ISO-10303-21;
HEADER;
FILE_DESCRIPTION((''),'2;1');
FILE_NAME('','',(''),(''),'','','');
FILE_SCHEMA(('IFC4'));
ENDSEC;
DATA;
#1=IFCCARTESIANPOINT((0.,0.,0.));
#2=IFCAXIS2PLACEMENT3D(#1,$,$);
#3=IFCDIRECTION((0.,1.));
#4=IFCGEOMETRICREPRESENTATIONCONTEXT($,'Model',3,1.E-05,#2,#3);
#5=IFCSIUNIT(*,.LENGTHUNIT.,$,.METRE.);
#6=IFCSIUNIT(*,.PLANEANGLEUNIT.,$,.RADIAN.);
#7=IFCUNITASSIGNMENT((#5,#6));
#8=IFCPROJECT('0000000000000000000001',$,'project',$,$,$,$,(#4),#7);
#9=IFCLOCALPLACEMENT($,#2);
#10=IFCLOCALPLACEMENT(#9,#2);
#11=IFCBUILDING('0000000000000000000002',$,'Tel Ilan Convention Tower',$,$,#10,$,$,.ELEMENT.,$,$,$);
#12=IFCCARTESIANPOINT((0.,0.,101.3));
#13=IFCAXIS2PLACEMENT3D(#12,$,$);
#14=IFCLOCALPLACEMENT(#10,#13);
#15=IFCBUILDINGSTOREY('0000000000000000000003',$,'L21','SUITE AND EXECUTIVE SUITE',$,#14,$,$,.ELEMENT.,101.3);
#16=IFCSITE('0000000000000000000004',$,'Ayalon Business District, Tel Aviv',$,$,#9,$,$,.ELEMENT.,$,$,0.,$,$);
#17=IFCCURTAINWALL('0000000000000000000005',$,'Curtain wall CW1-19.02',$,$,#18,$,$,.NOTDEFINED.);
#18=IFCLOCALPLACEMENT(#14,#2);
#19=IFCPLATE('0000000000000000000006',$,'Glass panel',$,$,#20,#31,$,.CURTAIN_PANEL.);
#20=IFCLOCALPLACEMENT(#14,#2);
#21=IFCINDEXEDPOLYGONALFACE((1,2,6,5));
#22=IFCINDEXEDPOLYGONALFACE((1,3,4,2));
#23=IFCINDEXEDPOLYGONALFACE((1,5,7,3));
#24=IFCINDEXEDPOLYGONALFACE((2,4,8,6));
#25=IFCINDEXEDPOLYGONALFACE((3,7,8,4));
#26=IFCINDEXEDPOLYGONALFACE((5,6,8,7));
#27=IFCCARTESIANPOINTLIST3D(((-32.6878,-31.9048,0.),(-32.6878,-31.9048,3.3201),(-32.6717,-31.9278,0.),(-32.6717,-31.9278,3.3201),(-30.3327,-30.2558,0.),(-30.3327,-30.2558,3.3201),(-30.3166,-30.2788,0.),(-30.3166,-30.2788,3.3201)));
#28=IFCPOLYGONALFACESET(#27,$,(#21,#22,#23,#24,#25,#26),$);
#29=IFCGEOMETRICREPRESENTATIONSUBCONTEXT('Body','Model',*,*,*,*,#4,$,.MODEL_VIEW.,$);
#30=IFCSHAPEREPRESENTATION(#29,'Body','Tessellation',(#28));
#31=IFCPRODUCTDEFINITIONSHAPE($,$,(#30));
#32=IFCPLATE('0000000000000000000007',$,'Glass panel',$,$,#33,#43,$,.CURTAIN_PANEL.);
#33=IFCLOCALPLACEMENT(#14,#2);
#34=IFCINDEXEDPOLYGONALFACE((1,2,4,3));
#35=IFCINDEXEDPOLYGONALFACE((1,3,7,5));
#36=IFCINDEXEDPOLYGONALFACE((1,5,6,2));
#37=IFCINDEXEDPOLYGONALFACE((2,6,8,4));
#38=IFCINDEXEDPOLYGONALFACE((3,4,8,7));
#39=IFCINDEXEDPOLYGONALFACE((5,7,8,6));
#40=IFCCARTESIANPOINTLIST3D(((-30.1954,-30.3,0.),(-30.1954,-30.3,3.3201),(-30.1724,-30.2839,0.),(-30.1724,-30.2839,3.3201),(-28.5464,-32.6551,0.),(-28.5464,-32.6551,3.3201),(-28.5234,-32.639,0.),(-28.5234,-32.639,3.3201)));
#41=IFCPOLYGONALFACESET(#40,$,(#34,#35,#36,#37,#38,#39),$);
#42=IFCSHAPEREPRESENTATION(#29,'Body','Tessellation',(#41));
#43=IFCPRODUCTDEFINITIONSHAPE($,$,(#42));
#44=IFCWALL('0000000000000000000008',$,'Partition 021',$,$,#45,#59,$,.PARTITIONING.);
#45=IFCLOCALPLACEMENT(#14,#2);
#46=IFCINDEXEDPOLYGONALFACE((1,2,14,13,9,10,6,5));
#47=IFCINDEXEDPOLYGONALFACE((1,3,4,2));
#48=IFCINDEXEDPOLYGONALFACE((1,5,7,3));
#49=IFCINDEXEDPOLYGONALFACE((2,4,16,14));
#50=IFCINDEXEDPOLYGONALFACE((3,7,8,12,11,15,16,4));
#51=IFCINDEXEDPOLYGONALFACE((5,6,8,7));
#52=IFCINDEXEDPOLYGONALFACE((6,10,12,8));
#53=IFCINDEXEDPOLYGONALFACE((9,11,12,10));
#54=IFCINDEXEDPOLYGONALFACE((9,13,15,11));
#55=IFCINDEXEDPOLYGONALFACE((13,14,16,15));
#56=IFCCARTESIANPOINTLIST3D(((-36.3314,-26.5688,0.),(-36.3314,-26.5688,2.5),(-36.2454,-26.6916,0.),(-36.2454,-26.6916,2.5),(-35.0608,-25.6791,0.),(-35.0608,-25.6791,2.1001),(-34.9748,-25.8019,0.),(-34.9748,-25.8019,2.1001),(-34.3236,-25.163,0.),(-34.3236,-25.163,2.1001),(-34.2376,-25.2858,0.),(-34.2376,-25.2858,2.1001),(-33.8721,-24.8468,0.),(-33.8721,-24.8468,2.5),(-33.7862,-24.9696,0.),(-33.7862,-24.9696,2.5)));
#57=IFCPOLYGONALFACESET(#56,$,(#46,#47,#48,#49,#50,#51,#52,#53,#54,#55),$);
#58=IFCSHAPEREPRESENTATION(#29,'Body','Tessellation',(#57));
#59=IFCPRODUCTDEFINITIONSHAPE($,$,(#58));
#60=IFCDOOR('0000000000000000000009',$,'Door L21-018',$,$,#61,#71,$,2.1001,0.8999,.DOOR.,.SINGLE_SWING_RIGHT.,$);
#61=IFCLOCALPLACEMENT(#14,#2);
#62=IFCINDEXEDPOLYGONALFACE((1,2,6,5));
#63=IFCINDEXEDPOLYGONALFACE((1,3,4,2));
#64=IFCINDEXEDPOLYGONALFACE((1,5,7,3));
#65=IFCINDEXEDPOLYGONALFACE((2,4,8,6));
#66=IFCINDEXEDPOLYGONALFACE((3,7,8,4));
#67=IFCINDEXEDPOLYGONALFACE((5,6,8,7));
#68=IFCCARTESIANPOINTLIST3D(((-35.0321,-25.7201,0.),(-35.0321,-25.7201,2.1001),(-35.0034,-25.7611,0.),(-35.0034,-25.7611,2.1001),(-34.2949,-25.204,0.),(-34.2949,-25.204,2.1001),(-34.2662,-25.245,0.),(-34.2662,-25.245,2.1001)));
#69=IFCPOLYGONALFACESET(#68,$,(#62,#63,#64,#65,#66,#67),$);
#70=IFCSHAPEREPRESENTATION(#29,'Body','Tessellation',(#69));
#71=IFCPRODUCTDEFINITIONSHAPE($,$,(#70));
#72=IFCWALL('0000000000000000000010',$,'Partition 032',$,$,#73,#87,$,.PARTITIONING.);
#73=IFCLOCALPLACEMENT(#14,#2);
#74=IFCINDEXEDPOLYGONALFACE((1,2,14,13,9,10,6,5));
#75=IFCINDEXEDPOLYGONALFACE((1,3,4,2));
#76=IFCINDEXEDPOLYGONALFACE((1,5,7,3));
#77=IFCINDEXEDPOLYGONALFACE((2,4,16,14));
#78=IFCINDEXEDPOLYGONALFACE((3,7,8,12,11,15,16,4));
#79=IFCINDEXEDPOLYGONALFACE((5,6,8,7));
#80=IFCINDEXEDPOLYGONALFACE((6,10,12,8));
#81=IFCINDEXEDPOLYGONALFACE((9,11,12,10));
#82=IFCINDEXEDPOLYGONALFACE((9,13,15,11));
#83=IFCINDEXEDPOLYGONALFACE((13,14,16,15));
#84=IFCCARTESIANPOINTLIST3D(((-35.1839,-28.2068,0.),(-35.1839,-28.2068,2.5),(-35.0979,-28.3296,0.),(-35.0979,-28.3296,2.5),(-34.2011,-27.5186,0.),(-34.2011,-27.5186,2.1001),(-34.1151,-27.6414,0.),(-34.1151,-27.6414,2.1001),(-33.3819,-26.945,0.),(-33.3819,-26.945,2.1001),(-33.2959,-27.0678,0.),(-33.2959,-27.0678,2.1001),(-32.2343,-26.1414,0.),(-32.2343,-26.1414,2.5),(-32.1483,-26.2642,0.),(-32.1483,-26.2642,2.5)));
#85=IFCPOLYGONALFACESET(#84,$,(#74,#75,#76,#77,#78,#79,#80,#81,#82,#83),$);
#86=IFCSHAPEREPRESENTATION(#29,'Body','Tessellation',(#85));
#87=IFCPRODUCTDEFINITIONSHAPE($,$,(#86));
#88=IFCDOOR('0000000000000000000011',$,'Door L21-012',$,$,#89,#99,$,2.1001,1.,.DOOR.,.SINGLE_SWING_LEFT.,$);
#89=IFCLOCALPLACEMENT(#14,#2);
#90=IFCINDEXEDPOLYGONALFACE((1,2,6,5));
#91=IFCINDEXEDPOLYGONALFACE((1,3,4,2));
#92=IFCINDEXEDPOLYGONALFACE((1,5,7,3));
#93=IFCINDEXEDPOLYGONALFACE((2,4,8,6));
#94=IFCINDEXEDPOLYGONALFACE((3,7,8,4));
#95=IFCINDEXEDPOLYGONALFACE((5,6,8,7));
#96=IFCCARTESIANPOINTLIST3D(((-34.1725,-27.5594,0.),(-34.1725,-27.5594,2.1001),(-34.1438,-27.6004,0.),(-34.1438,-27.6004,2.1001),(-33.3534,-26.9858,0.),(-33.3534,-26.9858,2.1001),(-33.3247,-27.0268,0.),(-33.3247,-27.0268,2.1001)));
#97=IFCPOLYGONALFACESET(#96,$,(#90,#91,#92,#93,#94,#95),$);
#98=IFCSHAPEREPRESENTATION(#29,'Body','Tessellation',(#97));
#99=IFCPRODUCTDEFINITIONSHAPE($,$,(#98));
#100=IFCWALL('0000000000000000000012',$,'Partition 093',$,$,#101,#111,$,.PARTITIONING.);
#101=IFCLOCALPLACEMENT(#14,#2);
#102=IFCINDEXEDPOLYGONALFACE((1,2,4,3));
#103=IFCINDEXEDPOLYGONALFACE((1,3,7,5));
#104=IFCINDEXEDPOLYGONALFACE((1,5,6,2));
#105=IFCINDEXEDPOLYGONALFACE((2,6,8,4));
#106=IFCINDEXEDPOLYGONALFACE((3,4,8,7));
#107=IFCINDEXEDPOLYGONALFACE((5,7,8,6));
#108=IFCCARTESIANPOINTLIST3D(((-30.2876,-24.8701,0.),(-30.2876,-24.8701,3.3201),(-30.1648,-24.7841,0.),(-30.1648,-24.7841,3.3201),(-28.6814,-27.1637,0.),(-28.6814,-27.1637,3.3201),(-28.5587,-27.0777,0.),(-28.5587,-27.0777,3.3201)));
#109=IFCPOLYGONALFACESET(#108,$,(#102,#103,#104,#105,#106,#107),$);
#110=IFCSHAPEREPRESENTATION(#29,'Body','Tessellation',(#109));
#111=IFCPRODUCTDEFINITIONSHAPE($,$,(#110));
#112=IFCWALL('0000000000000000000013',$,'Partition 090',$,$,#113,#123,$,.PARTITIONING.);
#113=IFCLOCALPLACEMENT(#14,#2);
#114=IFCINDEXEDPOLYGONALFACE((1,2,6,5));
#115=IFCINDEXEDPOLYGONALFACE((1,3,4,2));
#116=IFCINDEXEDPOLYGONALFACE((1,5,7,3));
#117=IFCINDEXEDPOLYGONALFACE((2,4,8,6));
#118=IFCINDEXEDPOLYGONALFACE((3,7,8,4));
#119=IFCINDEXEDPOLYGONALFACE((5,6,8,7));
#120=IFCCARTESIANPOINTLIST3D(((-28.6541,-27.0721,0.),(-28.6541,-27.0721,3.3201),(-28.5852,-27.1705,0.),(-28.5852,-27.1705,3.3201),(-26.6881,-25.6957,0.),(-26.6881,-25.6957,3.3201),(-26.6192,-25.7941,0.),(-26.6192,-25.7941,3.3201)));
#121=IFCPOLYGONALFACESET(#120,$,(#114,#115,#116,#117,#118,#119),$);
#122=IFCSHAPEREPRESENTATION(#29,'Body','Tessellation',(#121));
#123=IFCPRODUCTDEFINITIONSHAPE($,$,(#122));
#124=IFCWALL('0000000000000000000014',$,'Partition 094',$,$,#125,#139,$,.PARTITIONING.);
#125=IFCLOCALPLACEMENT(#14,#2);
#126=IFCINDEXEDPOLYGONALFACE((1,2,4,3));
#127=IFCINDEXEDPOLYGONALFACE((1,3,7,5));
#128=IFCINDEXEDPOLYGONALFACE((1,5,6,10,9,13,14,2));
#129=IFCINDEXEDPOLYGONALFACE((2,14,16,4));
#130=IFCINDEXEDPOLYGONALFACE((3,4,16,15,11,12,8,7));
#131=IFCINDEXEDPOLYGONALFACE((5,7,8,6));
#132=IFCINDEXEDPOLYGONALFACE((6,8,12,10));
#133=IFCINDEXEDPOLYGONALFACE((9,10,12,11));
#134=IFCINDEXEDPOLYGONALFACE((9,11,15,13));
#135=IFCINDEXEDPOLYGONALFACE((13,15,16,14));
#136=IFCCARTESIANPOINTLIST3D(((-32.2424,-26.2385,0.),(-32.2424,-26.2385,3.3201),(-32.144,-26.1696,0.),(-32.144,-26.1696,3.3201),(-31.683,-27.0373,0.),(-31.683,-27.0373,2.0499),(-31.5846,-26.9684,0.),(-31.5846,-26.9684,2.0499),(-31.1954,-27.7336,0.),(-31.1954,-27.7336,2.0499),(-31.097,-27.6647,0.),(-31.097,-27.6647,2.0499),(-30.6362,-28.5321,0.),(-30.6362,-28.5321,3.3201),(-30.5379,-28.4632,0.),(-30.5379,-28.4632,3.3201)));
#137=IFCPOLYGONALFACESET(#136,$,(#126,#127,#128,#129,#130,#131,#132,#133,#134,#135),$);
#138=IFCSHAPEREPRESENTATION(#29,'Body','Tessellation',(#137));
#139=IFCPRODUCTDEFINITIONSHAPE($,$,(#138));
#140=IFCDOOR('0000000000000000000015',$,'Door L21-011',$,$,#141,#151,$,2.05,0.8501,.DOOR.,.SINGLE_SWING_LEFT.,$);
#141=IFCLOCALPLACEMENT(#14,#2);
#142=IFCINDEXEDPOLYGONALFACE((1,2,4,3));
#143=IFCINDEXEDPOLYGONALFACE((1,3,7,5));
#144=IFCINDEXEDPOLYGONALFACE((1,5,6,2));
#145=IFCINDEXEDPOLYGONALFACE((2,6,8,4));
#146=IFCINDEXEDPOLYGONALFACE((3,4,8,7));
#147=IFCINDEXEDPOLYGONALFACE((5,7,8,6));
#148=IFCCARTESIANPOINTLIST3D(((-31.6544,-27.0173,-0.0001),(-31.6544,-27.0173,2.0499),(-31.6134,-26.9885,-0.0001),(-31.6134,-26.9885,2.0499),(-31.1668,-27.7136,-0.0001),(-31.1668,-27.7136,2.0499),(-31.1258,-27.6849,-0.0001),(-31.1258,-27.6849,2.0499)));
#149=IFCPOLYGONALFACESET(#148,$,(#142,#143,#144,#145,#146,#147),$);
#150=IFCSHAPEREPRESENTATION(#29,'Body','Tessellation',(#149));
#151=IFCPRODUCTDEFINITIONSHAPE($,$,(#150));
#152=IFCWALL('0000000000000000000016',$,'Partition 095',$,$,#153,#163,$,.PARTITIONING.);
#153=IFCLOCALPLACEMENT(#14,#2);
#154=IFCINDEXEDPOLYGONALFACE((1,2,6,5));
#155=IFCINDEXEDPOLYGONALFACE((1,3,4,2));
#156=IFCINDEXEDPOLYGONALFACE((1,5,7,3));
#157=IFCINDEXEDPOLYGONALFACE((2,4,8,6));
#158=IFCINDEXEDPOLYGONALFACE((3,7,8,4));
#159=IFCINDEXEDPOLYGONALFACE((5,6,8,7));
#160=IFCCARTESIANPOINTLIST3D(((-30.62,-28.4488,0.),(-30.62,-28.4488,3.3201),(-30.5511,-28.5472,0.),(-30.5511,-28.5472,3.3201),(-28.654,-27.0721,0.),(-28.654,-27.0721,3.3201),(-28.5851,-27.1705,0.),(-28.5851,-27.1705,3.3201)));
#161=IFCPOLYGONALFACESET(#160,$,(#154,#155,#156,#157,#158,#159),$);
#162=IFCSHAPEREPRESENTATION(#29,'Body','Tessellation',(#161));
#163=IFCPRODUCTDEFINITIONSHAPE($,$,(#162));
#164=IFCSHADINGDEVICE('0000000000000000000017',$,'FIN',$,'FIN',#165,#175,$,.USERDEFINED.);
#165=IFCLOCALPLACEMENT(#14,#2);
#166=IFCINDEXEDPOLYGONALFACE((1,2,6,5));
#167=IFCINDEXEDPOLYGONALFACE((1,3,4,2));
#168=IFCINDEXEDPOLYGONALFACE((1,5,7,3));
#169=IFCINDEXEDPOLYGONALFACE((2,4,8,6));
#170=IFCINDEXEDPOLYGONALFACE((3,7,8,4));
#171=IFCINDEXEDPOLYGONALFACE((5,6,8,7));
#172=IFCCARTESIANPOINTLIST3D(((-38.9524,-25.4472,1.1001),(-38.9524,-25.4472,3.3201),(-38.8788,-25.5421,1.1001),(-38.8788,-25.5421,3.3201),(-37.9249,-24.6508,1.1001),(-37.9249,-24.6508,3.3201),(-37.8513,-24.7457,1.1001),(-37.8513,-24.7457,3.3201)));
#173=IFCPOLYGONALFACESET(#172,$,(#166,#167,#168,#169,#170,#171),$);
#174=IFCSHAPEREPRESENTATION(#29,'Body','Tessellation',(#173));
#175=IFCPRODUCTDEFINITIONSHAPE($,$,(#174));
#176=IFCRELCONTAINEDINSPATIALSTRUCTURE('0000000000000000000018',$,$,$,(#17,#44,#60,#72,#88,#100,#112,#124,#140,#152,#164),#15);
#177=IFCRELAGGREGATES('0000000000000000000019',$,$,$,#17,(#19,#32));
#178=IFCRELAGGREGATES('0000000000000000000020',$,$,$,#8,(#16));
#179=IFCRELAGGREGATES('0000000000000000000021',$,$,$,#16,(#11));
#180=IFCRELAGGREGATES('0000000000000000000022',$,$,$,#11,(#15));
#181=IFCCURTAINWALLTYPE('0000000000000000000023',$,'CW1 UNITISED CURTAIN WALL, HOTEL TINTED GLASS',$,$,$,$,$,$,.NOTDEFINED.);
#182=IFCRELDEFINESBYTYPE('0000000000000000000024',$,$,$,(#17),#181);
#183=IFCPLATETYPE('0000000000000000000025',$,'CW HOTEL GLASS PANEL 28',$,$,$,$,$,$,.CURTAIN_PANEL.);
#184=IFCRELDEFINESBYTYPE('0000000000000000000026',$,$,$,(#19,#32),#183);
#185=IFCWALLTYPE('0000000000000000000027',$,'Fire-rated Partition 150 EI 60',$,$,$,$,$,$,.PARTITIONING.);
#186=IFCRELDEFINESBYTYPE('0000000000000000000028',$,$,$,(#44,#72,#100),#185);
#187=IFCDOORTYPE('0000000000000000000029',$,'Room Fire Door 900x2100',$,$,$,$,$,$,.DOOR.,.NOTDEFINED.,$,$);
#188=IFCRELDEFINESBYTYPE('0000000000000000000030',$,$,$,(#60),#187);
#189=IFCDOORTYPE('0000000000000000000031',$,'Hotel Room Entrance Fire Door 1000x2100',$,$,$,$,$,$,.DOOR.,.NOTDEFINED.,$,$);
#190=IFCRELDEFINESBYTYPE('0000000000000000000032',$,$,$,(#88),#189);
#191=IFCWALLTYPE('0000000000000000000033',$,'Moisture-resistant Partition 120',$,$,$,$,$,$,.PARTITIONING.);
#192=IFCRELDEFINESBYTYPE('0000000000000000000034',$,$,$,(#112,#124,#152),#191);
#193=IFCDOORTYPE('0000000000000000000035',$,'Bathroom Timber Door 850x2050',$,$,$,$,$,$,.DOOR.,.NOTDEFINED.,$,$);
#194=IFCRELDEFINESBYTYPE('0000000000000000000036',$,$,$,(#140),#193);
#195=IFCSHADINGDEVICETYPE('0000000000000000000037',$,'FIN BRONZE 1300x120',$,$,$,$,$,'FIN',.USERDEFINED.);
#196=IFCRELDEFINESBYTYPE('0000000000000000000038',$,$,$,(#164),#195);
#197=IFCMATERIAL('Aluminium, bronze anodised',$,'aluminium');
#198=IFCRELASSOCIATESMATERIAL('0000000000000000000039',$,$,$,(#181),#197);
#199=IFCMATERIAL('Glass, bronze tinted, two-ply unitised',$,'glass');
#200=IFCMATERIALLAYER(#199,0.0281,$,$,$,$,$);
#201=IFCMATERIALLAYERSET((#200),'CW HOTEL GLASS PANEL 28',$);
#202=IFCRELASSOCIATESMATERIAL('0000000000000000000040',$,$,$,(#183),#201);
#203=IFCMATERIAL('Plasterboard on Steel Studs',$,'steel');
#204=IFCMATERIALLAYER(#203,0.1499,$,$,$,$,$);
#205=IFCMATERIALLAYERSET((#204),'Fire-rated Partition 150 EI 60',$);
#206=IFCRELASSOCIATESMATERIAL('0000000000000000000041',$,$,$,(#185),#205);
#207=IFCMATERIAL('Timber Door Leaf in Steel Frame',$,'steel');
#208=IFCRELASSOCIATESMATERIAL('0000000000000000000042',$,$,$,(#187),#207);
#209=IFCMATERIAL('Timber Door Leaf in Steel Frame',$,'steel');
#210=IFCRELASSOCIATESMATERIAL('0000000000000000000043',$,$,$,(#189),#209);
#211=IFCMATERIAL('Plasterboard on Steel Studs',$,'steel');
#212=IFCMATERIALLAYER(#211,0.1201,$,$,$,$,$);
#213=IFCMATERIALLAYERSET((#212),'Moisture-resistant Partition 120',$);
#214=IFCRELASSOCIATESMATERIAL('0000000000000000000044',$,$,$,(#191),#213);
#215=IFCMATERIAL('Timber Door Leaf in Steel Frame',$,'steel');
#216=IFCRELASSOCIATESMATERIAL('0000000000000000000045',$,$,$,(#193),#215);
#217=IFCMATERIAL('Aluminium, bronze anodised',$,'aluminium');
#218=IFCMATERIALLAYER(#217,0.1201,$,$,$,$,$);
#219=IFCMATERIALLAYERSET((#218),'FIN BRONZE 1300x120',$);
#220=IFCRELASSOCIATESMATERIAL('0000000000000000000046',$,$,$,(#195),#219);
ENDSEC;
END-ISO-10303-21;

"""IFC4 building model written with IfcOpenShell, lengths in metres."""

from ifc_helpers import new_model, si_unit, direction, frame, frame_2d, origin, origin_2d, place, context, subcontext, project, spatial, rectangle, extrude, material, layer, layer_set, type_object, element, fill, aggregate, save


model = new_model("IFC4")

# Units and contexts
model_context = context("Model", 3, precision=1e-05, world=origin(), true_north=direction((0.0, 1.0)))
body_context = subcontext(model_context, "Body", "Model", "MODEL_VIEW")
ifc_project = project(units=[si_unit("LENGTHUNIT", "METRE"), si_unit("PLANEANGLEUNIT", "RADIAN")], contexts=[model_context])

# Site, building, storey
site_placement = place(None, origin())
site = spatial("IfcSite", under=ifc_project, at=site_placement, Name="Ayalon Business District, Tel Aviv", CompositionType="ELEMENT", RefElevation=0.0)
building_placement = place(site_placement, origin())
building = spatial("IfcBuilding", under=site, at=building_placement, Name="Tel Ilan Convention Tower", CompositionType="ELEMENT")
storey_placement = place(building_placement, frame((0.0, 0.0, 101.3)))
storey = spatial("IfcBuildingStorey", under=building, at=storey_placement, Name="L21", Description="SUITE AND EXECUTIVE SUITE", CompositionType="ELEMENT", Elevation=101.3)

# Curtain wall, plates
ifc_material_1 = material(Name="Aluminium, bronze anodised", Category="aluminium")
curtain_wall_type = type_object("IfcCurtainWallType", Name="CW1 UNITISED CURTAIN WALL, HOTEL TINTED GLASS", PredefinedType="NOTDEFINED", material=ifc_material_1)
curtain_wall_placement = place(storey_placement, origin())
curtain_wall = element("IfcCurtainWall", 1, at=curtain_wall_placement, inside=storey, type_object=curtain_wall_type, Name="Curtain wall CW1-19.02", PredefinedType="NOTDEFINED")
ifc_material_2 = material(Name="Glass, bronze tinted, two-ply unitised", Category="glass")
ifc_layer_1 = layer(ifc_material_2, 0.0281)
ifc_layer_set_1 = layer_set([ifc_layer_1], Name="CW HOTEL GLASS PANEL 28")
plate_type = type_object("IfcPlateType", Name="CW HOTEL GLASS PANEL 28", PredefinedType="CURTAIN_PANEL", material=ifc_layer_set_1)
plate_1_placement = place(storey_placement, frame((-31.5022, -31.0918, 0.0), z_axis=(0.0, 0.0, 1.0), x_axis=(0.819152, 0.573576, 0.0)))
plate_1 = element("IfcPlate", 2, at=plate_1_placement, type_object=plate_type, Name="Glass panel", PredefinedType="CURTAIN_PANEL", context=body_context, shape_type="SweptSolid", body=[
    extrude(rectangle(XDim=2.875, YDim=0.0281, at=origin_2d()), origin(), (0.0, 0.0, 1.0), 3.3201),
])
plate_2_placement = place(storey_placement, frame((-29.3594, -31.4695, 0.0), z_axis=(0.0, 0.0, 1.0), x_axis=(0.573576, -0.819152, 0.0)))
plate_2 = element("IfcPlate", 3, at=plate_2_placement, type_object=plate_type, Name="Glass panel", PredefinedType="CURTAIN_PANEL", context=body_context, shape_type="SweptSolid", body=[
    extrude(rectangle(XDim=2.875, YDim=0.0281, at=origin_2d()), origin(), (0.0, 0.0, 1.0), 3.3201),
])
aggregate(curtain_wall, [plate_1, plate_2])

# Walls, openings, doors
ifc_material_3 = material(Name="Plasterboard on Steel Studs", Category="steel")
ifc_layer_2 = layer(ifc_material_3, 0.1499)
ifc_layer_set_2 = layer_set([ifc_layer_2], Name="Fire-rated Partition 150 EI 60")
wall_type_1 = type_object("IfcWallType", Name="Fire-rated Partition 150 EI 60", PredefinedType="PARTITIONING", material=ifc_layer_set_2)
wall_1_placement = place(storey_placement, frame((-36.2883, -26.6301, 0.0), z_axis=(0.0, 0.0, 1.0), x_axis=(0.819159, 0.573566, 0.0)))
wall_1 = element("IfcWall", 4, at=wall_1_placement, inside=storey, type_object=wall_type_1, Name="Partition 021", PredefinedType="PARTITIONING", context=body_context, shape_type="SweptSolid", body=[
    extrude(rectangle(XDim=3.0022, YDim=0.1499, at=frame_2d((1.501, 0.0))), origin(), (0.0, 0.0, 1.0), 2.5),
])
opening_1_placement = place(wall_1_placement, frame((1.551, 0.0, 0.0)))
opening_1 = element("IfcOpeningElement", 5, at=opening_1_placement, cuts=wall_1, PredefinedType="OPENING", context=body_context, shape_type="SweptSolid", body=[
    extrude(rectangle(XDim=0.8999, YDim=2.1001, at=frame_2d((0.45, 1.05))), frame((0.0, 0.085, 0.0), z_axis=(0.0, -1.0, 0.0), x_axis=(1.0, 0.0, 0.0)), (0.0, 0.0, 1.0), 0.1699),
])
ifc_material_4 = material(Name="Timber Door Leaf in Steel Frame", Category="steel")
door_type_1 = type_object("IfcDoorType", Name="Room Fire Door 900x2100", OperationType="NOTDEFINED", PredefinedType="DOOR", material=ifc_material_4)
door_1_placement = place(opening_1_placement, origin())
door_1 = element("IfcDoor", 6, at=door_1_placement, inside=storey, type_object=door_type_1, Name="Door L21-018", OperationType="SINGLE_SWING_RIGHT", OverallHeight=2.1001, OverallWidth=0.8999, PredefinedType="DOOR", context=body_context, shape_type="SweptSolid", body=[
    extrude(rectangle(XDim=0.8999, YDim=2.1001, at=frame_2d((0.45, 1.05))), frame((0.0, 0.0249, 0.0), z_axis=(0.0, -1.0, 0.0), x_axis=(1.0, 0.0, 0.0)), (0.0, 0.0, 1.0), 0.05),
])
fill(opening_1, door_1)
wall_2_placement = place(storey_placement, frame((-32.1914, -26.2029, 0.0), z_axis=(0.0, 0.0, 1.0), x_axis=(-0.819149, -0.573581, 0.0)))
wall_2 = element("IfcWall", 7, at=wall_2_placement, inside=storey, type_object=wall_type_1, Name="Partition 032", PredefinedType="PARTITIONING", context=body_context, shape_type="SweptSolid", body=[
    extrude(rectangle(XDim=3.6008, YDim=0.1499, at=frame_2d((1.8003, 0.0))), origin(), (0.0, 0.0, 1.0), 2.5),
])
opening_2_placement = place(wall_2_placement, frame((1.4009, 0.0, 0.0)))
opening_2 = element("IfcOpeningElement", 8, at=opening_2_placement, cuts=wall_2, PredefinedType="OPENING", context=body_context, shape_type="SweptSolid", body=[
    extrude(rectangle(XDim=1.0, YDim=2.1001, at=frame_2d((0.5, 1.05))), frame((0.0, 0.085, 0.0), z_axis=(0.0, -1.0, 0.0), x_axis=(1.0, 0.0, 0.0)), (0.0, 0.0, 1.0), 0.1699),
])
ifc_material_5 = material(Name="Timber Door Leaf in Steel Frame", Category="steel")
door_type_2 = type_object("IfcDoorType", Name="Hotel Room Entrance Fire Door 1000x2100", OperationType="NOTDEFINED", PredefinedType="DOOR", material=ifc_material_5)
door_2_placement = place(opening_2_placement, origin())
door_2 = element("IfcDoor", 9, at=door_2_placement, inside=storey, type_object=door_type_2, Name="Door L21-012", OperationType="SINGLE_SWING_LEFT", OverallHeight=2.1001, OverallWidth=1.0, PredefinedType="DOOR", context=body_context, shape_type="SweptSolid", body=[
    extrude(rectangle(XDim=1.0, YDim=2.1001, at=frame_2d((0.5, 1.05))), frame((0.0, 0.0249, 0.0), z_axis=(0.0, -1.0, 0.0), x_axis=(1.0, 0.0, 0.0)), (0.0, 0.0, 1.0), 0.05),
])
fill(opening_2, door_2)

# Walls
wall_3_placement = place(storey_placement, frame((-28.6201, -27.1206, 0.0), z_axis=(0.0, 0.0, 1.0), x_axis=(-0.573609, 0.81913, 0.0)))
element("IfcWall", 10, at=wall_3_placement, inside=storey, type_object=wall_type_1, Name="Partition 093", PredefinedType="PARTITIONING", context=body_context, shape_type="SweptSolid", body=[
    extrude(rectangle(XDim=2.8, YDim=0.1499, at=frame_2d((1.3999, 0.0))), origin(), (0.0, 0.0, 1.0), 3.3201),
])
ifc_material_6 = material(Name="Plasterboard on Steel Studs", Category="steel")
ifc_layer_3 = layer(ifc_material_6, 0.1201)
ifc_layer_set_3 = layer_set([ifc_layer_3], Name="Moisture-resistant Partition 120")
wall_type_2 = type_object("IfcWallType", Name="Moisture-resistant Partition 120", PredefinedType="PARTITIONING", material=ifc_layer_set_3)
wall_4_placement = place(storey_placement, frame((-28.6196, -27.1213, 0.0), z_axis=(0.0, 0.0, 1.0), x_axis=(0.819189, 0.573524, 0.0)))
element("IfcWall", 11, at=wall_4_placement, inside=storey, type_object=wall_type_2, Name="Partition 090", PredefinedType="PARTITIONING", context=body_context, shape_type="SweptSolid", body=[
    extrude(rectangle(XDim=2.3999, YDim=0.1201, at=frame_2d((1.2, 0.0))), origin(), (0.0, 0.0, 1.0), 3.3201),
])

# Wall, opening, door
wall_5_placement = place(storey_placement, frame((-32.1931, -26.2041, 0.0), z_axis=(0.0, 0.0, 1.0), x_axis=(0.573609, -0.81913, 0.0)))
wall_5 = element("IfcWall", 12, at=wall_5_placement, inside=storey, type_object=wall_type_2, Name="Partition 094", PredefinedType="PARTITIONING", context=body_context, shape_type="SweptSolid", body=[
    extrude(rectangle(XDim=2.8, YDim=0.1201, at=frame_2d((1.3999, 0.0))), origin(), (0.0, 0.0, 1.0), 3.3201),
])
opening_3_placement = place(wall_5_placement, frame((0.9751, 0.0, 0.0)))
opening_3 = element("IfcOpeningElement", 13, at=opening_3_placement, cuts=wall_5, PredefinedType="OPENING", context=body_context, shape_type="SweptSolid", body=[
    extrude(rectangle(XDim=0.8501, YDim=2.05, at=frame_2d((0.425, 1.0249))), frame((0.0, 0.0701, 0.0), z_axis=(0.0, -1.0, 0.0), x_axis=(1.0, 0.0, 0.0)), (0.0, 0.0, 1.0), 0.1401),
])
ifc_material_7 = material(Name="Timber Door Leaf in Steel Frame", Category="steel")
door_type_3 = type_object("IfcDoorType", Name="Bathroom Timber Door 850x2050", OperationType="NOTDEFINED", PredefinedType="DOOR", material=ifc_material_7)
door_3_placement = place(opening_3_placement, origin())
door_3 = element("IfcDoor", 14, at=door_3_placement, inside=storey, type_object=door_type_3, Name="Door L21-011", OperationType="SINGLE_SWING_LEFT", OverallHeight=2.05, OverallWidth=0.8501, PredefinedType="DOOR", context=body_context, shape_type="SweptSolid", body=[
    extrude(rectangle(XDim=0.8501, YDim=2.05, at=frame_2d((0.425, 1.0249))), frame((0.0, 0.0249, 0.0), z_axis=(0.0, -1.0, 0.0), x_axis=(1.0, 0.0, 0.0)), (0.0, 0.0, 1.0), 0.05),
])
fill(opening_3, door_3)

# Wall
wall_6_placement = place(storey_placement, frame((-30.5857, -28.498, 0.0), z_axis=(0.0, 0.0, 1.0), x_axis=(0.819141, 0.573592, 0.0)))
element("IfcWall", 15, at=wall_6_placement, inside=storey, type_object=wall_type_2, Name="Partition 095", PredefinedType="PARTITIONING", context=body_context, shape_type="SweptSolid", body=[
    extrude(rectangle(XDim=2.4001, YDim=0.1201, at=frame_2d((1.2002, 0.0))), origin(), (0.0, 0.0, 1.0), 3.3201),
])

# Shading device
ifc_material_8 = material(Name="Aluminium, bronze anodised", Category="aluminium")
ifc_layer_4 = layer(ifc_material_8, 0.1201)
ifc_layer_set_4 = layer_set([ifc_layer_4], Name="FIN BRONZE 1300x120")
shading_device_type = type_object("IfcShadingDeviceType", Name="FIN BRONZE 1300x120", ElementType="FIN", PredefinedType="USERDEFINED", material=ifc_layer_set_4)
for number, where, z_axis, x_axis, name in (
    (16, (-38.4019, -25.0964, 1.1001), (0.0, 0.0, 1.0), (-0.790393, -0.612601, 0.0), "FIN"),
):
    element("IfcShadingDevice", number, at=place(storey_placement, frame(where, z_axis=z_axis, x_axis=x_axis)), inside=storey, type_object=shading_device_type, Name=name, ObjectType="FIN", PredefinedType="USERDEFINED", context=body_context, shape_type="SweptSolid", body=[
        extrude(rectangle(XDim=1.3, YDim=0.1201, at=origin_2d()), origin(), (0.0, 0.0, 1.0), 2.22),
    ])

save(model, "model.ifc")
